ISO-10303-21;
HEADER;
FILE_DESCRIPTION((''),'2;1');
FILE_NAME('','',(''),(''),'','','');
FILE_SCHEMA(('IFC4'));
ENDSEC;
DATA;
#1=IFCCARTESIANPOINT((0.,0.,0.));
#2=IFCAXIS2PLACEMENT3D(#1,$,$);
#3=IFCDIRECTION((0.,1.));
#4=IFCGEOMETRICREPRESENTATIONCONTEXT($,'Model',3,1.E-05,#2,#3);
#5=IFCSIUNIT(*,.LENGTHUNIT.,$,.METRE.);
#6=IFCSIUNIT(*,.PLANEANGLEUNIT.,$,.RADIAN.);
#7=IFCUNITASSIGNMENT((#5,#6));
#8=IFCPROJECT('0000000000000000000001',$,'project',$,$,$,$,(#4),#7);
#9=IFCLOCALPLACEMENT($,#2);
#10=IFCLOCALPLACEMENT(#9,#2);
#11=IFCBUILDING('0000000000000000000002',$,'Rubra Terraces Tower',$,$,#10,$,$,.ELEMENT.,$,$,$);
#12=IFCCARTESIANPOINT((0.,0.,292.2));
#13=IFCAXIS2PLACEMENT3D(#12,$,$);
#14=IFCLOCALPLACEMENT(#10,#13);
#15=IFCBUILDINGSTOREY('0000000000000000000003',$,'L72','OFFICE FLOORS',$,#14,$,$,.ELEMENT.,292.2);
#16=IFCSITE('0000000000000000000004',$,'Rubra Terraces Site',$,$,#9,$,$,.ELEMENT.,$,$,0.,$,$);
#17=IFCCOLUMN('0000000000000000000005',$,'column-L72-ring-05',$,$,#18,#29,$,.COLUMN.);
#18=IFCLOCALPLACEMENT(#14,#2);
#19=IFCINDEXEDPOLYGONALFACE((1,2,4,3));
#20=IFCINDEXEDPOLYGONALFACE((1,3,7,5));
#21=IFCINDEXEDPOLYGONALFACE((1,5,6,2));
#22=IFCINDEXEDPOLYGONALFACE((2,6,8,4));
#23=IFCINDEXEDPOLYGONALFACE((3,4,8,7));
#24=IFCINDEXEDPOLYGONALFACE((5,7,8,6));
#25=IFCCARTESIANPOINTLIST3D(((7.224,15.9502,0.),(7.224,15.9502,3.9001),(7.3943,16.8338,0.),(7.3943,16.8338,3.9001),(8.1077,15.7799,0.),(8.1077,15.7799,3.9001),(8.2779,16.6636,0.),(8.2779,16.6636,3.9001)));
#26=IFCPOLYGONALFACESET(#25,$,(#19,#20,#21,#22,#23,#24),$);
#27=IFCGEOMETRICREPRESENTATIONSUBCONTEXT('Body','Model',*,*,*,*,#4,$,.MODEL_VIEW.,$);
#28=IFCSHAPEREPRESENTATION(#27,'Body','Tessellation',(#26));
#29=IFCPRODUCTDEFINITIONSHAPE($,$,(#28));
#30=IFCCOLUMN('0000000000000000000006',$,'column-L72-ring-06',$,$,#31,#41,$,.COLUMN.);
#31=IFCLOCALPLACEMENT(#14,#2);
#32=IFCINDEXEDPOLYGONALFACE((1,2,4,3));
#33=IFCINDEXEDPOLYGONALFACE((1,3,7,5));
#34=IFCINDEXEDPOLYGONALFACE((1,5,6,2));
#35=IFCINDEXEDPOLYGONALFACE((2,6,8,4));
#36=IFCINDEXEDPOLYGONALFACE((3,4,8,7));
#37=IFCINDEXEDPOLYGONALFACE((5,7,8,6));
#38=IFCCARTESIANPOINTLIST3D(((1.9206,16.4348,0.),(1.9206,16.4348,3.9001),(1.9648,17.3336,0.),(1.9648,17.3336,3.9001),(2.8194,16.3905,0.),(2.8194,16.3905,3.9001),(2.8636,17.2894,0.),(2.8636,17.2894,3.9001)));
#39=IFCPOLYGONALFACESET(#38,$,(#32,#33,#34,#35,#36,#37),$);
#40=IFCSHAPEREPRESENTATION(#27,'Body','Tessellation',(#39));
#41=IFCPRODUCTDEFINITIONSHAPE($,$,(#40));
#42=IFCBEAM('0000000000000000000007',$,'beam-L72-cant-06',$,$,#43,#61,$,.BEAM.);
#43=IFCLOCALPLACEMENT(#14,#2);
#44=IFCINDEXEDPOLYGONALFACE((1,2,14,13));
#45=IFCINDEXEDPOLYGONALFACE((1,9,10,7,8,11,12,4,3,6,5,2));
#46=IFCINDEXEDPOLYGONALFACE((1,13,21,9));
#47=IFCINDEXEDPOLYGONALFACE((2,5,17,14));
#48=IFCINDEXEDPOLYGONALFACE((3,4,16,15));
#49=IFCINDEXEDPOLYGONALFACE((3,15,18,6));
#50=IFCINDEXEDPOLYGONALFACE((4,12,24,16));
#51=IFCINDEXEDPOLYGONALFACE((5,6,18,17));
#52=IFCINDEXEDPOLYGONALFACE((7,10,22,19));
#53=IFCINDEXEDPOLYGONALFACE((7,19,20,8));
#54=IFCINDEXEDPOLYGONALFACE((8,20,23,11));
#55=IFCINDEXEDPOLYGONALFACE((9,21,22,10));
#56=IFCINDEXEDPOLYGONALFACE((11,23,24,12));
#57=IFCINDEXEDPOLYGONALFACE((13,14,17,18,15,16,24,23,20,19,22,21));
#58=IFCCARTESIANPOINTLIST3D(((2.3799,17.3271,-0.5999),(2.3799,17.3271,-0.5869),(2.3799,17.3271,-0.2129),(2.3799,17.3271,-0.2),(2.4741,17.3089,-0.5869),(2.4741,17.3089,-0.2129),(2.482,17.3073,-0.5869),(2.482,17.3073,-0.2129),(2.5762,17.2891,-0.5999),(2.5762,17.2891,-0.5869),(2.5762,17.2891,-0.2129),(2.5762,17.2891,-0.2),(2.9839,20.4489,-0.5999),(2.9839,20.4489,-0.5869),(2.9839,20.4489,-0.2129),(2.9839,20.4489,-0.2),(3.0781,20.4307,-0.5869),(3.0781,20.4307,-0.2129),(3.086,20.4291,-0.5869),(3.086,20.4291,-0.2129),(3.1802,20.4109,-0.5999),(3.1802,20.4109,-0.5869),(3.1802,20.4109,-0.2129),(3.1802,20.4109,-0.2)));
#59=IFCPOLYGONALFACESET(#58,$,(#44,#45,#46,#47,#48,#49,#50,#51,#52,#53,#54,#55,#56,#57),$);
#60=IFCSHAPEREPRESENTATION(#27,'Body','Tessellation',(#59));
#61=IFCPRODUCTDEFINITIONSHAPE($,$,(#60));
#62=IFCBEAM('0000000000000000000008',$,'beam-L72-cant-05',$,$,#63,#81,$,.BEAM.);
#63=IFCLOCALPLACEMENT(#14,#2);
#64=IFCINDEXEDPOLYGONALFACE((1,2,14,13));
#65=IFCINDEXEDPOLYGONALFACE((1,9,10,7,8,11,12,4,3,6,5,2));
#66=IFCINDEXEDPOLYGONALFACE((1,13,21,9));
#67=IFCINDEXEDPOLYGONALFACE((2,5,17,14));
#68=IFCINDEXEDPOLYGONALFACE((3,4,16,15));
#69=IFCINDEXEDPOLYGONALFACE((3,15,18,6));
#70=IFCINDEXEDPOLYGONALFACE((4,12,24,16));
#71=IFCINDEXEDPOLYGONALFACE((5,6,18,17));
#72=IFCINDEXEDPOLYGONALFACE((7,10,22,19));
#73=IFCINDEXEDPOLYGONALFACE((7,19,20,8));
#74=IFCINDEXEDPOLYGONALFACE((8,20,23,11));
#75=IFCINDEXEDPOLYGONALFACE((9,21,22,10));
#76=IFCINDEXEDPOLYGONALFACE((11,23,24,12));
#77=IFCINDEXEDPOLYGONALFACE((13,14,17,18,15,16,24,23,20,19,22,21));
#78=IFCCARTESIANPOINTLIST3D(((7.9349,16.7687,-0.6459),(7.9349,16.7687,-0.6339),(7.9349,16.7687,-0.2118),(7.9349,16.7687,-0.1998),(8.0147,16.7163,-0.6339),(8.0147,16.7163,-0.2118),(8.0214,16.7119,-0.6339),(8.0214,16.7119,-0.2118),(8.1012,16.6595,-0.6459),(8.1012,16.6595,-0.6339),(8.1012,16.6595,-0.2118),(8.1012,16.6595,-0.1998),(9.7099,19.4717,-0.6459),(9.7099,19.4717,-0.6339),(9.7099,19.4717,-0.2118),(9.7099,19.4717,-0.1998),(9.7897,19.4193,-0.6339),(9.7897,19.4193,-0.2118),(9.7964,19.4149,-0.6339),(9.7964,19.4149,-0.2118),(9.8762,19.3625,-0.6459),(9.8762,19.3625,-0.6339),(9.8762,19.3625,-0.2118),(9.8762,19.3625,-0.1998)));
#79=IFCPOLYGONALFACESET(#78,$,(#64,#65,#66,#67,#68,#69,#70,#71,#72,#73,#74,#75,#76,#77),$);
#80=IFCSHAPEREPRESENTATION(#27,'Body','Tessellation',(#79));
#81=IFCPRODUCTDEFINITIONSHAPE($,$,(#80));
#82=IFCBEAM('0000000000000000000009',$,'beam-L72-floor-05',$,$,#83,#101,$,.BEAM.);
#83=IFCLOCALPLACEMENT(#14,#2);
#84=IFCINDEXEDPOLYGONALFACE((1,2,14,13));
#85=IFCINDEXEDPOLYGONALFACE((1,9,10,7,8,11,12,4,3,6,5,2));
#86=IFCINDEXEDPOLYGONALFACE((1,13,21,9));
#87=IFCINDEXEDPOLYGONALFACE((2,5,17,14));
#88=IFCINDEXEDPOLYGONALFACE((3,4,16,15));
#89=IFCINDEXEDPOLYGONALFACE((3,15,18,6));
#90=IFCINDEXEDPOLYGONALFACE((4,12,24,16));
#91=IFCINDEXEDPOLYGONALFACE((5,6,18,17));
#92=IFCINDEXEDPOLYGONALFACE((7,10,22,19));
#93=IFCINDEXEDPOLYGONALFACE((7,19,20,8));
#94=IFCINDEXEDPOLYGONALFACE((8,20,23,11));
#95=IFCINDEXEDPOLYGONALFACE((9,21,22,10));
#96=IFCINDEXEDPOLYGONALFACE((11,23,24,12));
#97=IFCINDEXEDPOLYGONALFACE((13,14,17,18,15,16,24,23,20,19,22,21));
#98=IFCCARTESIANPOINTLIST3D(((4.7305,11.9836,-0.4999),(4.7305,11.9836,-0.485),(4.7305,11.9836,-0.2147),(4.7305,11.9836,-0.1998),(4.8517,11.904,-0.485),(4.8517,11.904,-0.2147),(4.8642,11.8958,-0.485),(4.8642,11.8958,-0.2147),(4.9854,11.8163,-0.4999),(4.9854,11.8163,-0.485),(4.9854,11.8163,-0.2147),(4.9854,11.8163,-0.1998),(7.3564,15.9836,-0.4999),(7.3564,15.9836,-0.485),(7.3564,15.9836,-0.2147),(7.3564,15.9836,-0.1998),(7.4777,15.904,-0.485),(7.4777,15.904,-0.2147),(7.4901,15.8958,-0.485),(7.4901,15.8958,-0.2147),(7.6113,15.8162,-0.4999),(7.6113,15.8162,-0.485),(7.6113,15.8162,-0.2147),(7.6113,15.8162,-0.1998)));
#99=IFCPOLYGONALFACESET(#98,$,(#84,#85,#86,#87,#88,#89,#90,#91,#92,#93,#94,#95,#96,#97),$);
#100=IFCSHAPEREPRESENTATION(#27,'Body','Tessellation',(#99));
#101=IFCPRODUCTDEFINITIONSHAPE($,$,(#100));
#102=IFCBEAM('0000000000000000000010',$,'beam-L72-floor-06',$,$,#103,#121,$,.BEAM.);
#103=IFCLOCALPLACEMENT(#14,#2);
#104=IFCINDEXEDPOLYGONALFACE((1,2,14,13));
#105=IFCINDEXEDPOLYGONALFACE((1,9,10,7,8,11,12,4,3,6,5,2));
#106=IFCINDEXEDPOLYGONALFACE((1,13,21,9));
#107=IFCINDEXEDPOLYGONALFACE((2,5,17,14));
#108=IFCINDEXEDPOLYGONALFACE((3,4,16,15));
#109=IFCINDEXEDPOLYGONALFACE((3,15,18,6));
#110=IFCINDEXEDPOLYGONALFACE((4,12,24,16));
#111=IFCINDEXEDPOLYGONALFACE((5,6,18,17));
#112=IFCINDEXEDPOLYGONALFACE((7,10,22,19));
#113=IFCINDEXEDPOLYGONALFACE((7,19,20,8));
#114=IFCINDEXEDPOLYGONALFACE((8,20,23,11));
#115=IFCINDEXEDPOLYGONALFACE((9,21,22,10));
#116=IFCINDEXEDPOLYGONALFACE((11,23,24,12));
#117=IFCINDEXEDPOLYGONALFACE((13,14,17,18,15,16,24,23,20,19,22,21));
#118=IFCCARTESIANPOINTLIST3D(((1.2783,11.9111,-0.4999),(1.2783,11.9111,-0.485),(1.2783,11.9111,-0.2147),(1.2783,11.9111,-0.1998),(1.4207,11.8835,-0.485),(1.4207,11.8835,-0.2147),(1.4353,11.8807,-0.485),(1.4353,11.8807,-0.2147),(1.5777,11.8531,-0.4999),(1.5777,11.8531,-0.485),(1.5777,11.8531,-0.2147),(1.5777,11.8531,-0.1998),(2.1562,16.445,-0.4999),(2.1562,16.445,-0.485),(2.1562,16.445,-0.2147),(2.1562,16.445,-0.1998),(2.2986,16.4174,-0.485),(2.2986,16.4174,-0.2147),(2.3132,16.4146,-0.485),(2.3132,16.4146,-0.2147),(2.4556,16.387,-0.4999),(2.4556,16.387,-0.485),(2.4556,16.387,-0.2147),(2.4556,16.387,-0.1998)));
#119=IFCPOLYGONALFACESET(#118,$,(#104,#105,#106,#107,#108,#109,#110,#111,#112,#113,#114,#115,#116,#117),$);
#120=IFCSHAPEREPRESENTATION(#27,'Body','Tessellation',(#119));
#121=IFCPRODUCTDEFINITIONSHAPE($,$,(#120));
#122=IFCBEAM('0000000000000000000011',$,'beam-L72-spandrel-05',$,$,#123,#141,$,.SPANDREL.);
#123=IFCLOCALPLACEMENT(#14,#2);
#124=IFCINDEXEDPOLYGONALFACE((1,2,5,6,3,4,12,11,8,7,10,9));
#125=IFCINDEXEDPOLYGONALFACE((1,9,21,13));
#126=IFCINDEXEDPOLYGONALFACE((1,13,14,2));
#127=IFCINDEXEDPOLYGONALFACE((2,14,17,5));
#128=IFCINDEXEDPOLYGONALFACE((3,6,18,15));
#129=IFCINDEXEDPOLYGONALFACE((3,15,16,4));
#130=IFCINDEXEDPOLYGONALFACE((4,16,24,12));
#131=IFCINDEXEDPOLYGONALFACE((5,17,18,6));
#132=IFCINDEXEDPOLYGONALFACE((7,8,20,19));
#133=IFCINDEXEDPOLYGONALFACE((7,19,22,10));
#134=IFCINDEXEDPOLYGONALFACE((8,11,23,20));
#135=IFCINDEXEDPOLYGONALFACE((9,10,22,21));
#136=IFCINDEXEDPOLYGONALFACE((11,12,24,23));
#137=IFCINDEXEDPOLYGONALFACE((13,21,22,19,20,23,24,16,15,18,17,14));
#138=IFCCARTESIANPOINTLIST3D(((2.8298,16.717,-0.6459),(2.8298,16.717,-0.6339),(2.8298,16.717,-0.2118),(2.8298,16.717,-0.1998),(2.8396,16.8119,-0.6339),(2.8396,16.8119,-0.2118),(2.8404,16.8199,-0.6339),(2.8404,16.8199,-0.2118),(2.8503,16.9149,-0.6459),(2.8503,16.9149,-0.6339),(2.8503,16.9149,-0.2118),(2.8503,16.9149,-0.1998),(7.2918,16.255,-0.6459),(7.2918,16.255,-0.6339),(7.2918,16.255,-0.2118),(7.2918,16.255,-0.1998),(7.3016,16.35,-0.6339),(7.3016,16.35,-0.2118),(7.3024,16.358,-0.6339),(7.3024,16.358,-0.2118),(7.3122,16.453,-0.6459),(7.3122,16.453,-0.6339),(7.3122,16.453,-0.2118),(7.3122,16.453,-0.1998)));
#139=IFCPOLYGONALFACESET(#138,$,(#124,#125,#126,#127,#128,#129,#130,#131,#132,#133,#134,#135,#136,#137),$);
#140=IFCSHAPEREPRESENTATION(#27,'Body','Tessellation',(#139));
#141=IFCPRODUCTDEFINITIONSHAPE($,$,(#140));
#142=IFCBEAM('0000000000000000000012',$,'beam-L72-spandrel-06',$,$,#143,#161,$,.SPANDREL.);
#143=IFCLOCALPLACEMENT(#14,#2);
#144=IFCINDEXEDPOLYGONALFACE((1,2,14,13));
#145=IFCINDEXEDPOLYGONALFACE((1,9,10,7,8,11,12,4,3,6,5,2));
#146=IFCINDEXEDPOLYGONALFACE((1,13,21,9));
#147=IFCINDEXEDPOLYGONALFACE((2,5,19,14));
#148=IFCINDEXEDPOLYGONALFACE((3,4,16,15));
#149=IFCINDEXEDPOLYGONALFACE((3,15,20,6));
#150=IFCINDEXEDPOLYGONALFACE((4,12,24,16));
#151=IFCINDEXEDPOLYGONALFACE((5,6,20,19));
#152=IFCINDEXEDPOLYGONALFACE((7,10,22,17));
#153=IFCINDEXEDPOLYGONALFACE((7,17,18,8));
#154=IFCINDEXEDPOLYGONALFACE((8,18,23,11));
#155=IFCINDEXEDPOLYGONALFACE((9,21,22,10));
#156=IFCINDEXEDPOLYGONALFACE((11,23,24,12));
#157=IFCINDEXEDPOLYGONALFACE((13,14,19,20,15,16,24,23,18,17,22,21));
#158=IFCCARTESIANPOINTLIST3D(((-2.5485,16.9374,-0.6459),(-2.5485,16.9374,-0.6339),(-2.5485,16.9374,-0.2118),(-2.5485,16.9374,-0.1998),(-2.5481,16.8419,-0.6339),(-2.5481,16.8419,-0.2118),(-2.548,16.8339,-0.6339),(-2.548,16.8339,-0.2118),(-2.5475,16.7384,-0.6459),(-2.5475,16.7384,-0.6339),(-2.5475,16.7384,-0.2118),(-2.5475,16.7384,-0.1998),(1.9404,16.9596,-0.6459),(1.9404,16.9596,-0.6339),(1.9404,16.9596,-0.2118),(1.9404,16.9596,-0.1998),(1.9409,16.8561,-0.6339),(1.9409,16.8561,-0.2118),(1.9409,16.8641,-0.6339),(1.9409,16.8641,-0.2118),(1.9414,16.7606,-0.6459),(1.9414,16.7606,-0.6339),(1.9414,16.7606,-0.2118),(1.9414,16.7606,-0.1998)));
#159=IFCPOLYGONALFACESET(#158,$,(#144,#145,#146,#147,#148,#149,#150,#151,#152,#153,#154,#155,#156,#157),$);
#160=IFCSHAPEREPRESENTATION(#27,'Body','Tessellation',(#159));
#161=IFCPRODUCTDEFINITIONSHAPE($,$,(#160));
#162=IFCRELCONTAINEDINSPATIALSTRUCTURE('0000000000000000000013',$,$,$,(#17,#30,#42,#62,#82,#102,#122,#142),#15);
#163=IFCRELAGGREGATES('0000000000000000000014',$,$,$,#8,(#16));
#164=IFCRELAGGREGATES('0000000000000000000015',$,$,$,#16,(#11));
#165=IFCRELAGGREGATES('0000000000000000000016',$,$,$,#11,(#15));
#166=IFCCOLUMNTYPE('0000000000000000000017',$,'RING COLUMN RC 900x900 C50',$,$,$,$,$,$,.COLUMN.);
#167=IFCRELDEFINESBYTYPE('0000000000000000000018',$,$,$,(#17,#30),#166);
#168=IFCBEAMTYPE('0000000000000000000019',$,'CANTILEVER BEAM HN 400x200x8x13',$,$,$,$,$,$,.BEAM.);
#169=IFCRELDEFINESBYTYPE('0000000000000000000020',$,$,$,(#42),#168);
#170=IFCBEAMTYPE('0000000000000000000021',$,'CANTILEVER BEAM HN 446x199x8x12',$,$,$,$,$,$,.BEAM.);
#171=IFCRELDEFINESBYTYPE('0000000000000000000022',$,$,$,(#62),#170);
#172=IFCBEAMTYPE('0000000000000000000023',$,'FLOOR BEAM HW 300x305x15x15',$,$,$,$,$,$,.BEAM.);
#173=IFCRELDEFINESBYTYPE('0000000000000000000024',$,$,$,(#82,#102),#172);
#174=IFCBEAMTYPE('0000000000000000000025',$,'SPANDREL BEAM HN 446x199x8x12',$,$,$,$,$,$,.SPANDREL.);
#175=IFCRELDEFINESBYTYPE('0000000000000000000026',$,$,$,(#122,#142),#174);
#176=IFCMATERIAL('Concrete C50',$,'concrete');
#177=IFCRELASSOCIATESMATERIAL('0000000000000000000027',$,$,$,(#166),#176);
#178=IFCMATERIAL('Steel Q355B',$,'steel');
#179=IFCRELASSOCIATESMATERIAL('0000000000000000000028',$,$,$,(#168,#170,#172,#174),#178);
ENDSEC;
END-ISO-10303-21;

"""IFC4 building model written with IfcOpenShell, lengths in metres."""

from ifc_helpers import new_model, si_unit, direction, frame, origin, origin_2d, place, context, subcontext, project, spatial, rectangle, i_section, extrude, material, material_profile, profile_set, type_object, element, save


model = new_model("IFC4")

# Units and contexts
model_context = context("Model", 3, precision=1e-05, world=origin(), true_north=direction((0.0, 1.0)))
body_context = subcontext(model_context, "Body", "Model", "MODEL_VIEW")
ifc_project = project(units=[si_unit("LENGTHUNIT", "METRE"), si_unit("PLANEANGLEUNIT", "RADIAN")], contexts=[model_context])

# Site, building, storey
site_placement = place(None, origin())
site = spatial("IfcSite", under=ifc_project, at=site_placement, Name="Rubra Terraces Site", CompositionType="ELEMENT", RefElevation=0.0)
building_placement = place(site_placement, origin())
building = spatial("IfcBuilding", under=site, at=building_placement, Name="Rubra Terraces Tower", CompositionType="ELEMENT")
storey_placement = place(building_placement, frame((0.0, 0.0, 292.2)))
storey = spatial("IfcBuildingStorey", under=building, at=storey_placement, Name="L72", Description="OFFICE FLOORS", CompositionType="ELEMENT", Elevation=292.2)

# Columns
ifc_material_1 = material(Name="Concrete C50", Category="concrete")
ifc_material_profile_1 = material_profile(ifc_material_1, rectangle(XDim=0.8999, YDim=0.8999, at=origin_2d()), Name="RC 900x900")
ifc_profile_set_1 = profile_set([ifc_material_profile_1], Name="Concrete C50")
column_type = type_object("IfcColumnType", Name="RING COLUMN RC 900x900 C50", PredefinedType="COLUMN", material=ifc_profile_set_1)
for number, where, z_axis, x_axis, name in (
    (1, (7.751, 16.3069, 0.0), (0.0, 0.0, 1.0), (-0.981937, 0.18921, 0.0), "column-L72-ring-05"),
    (2, (2.3921, 16.8621, 0.0), (0.0, 0.0, 1.0), (-0.998791, 0.04915, 0.0), "column-L72-ring-06"),
):
    element("IfcColumn", number, at=place(storey_placement, frame(where, z_axis=z_axis, x_axis=x_axis)), inside=storey, type_object=column_type, Name=name, PredefinedType="COLUMN", context=body_context, shape_type="SweptSolid", body=[
        extrude(rectangle(XDim=0.8999, YDim=0.8999, at=origin_2d()), origin(), (0.0, 0.0, 1.0), 3.9001),
    ])

# Beams
ifc_material_2 = material(Name="Steel Q355B", Category="steel")
ifc_material_profile_2 = material_profile(ifc_material_2, i_section(OverallWidth=0.2, OverallDepth=0.3999, WebThickness=0.0081, FlangeThickness=0.0129, at=origin_2d()), Name="HN 400x200x8x13")
ifc_profile_set_2 = profile_set([ifc_material_profile_2], Name="Steel Q355B")
beam_type_1 = type_object("IfcBeamType", Name="CANTILEVER BEAM HN 400x200x8x13", PredefinedType="BEAM", material=ifc_profile_set_2)
beam_1_placement = place(storey_placement, frame((2.478, 17.3081, -0.3999), z_axis=(0.189955, 0.981793, 0.0), x_axis=(-0.981793, 0.189955, 0.0)))
element("IfcBeam", 3, at=beam_1_placement, inside=storey, type_object=beam_type_1, Name="beam-L72-cant-06", PredefinedType="BEAM", context=body_context, shape_type="SweptSolid", body=[
    extrude(i_section(OverallWidth=0.2, OverallDepth=0.3999, WebThickness=0.0081, FlangeThickness=0.0129, at=origin_2d()), origin(), (0.0, 0.0, 1.0), 3.1797),
])
ifc_material_profile_3 = material_profile(ifc_material_2, i_section(OverallWidth=0.199, OverallDepth=0.446, WebThickness=0.0081, FlangeThickness=0.012, at=origin_2d()), Name="HN 446x199x8x12")
ifc_profile_set_3 = profile_set([ifc_material_profile_3], Name="Steel Q355B")
beam_type_2 = type_object("IfcBeamType", Name="CANTILEVER BEAM HN 446x199x8x12", PredefinedType="BEAM", material=ifc_profile_set_3)
beam_2_placement = place(storey_placement, frame((8.0181, 16.7141, -0.4229), z_axis=(0.548902, 0.835887, 0.0), x_axis=(-0.835887, 0.548902, 0.0)))
element("IfcBeam", 4, at=beam_2_placement, inside=storey, type_object=beam_type_2, Name="beam-L72-cant-05", PredefinedType="BEAM", context=body_context, shape_type="SweptSolid", body=[
    extrude(i_section(OverallWidth=0.199, OverallDepth=0.446, WebThickness=0.0081, FlangeThickness=0.012, at=origin_2d()), origin(), (0.0, 0.0, 1.0), 3.2336),
])
ifc_material_profile_4 = material_profile(ifc_material_2, i_section(OverallWidth=0.3049, OverallDepth=0.3, WebThickness=0.0149, FlangeThickness=0.0149, at=origin_2d()), Name="HW 300x305x15x15")
ifc_profile_set_4 = profile_set([ifc_material_profile_4], Name="Steel Q355B")
beam_type_3 = type_object("IfcBeamType", Name="FLOOR BEAM HW 300x305x15x15", PredefinedType="BEAM", material=ifc_profile_set_4)
beam_3_placement = place(storey_placement, frame((7.4839, 15.8999, -0.3499), z_axis=(-0.548799, -0.835954, 0.0), x_axis=(0.835954, -0.548799, 0.0)))
element("IfcBeam", 5, at=beam_3_placement, inside=storey, type_object=beam_type_3, Name="beam-L72-floor-05", PredefinedType="BEAM", context=body_context, shape_type="SweptSolid", body=[
    extrude(i_section(OverallWidth=0.3049, OverallDepth=0.3, WebThickness=0.0149, FlangeThickness=0.0149, at=origin_2d()), origin(), (0.0, 0.0, 1.0), 4.7849),
])
beam_4_placement = place(storey_placement, frame((2.3059, 16.416, -0.3499), z_axis=(-0.190104, -0.981764, 0.0), x_axis=(0.981764, -0.190104, 0.0)))
element("IfcBeam", 6, at=beam_4_placement, inside=storey, type_object=beam_type_3, Name="beam-L72-floor-06", PredefinedType="BEAM", context=body_context, shape_type="SweptSolid", body=[
    extrude(i_section(OverallWidth=0.3049, OverallDepth=0.3, WebThickness=0.0149, FlangeThickness=0.0149, at=origin_2d()), origin(), (0.0, 0.0, 1.0), 4.6182),
])
ifc_material_profile_5 = material_profile(ifc_material_2, i_section(OverallWidth=0.199, OverallDepth=0.446, WebThickness=0.0081, FlangeThickness=0.012, at=origin_2d()), Name="HN 446x199x8x12")
ifc_profile_set_5 = profile_set([ifc_material_profile_5], Name="Steel Q355B")
beam_type_4 = type_object("IfcBeamType", Name="SPANDREL BEAM HN 446x199x8x12", PredefinedType="SPANDREL", material=ifc_profile_set_5)
beam_5_placement = place(storey_placement, frame((7.302, 16.354, -0.4229), z_axis=(-0.994684, 0.102973, 0.0), x_axis=(-0.102973, -0.994684, 0.0)))
element("IfcBeam", 7, at=beam_5_placement, inside=storey, type_object=beam_type_4, Name="beam-L72-spandrel-05", PredefinedType="SPANDREL", context=body_context, shape_type="SweptSolid", body=[
    extrude(i_section(OverallWidth=0.199, OverallDepth=0.446, WebThickness=0.0081, FlangeThickness=0.012, at=origin_2d()), origin(), (0.0, 0.0, 1.0), 4.4858),
])
beam_6_placement = place(storey_placement, frame((1.9409, 16.8601, -0.4229), z_axis=(-0.999988, -0.004949, 0.0), x_axis=(0.004949, -0.999988, 0.0)))
element("IfcBeam", 8, at=beam_6_placement, inside=storey, type_object=beam_type_4, Name="beam-L72-spandrel-06", PredefinedType="SPANDREL", context=body_context, shape_type="SweptSolid", body=[
    extrude(i_section(OverallWidth=0.199, OverallDepth=0.446, WebThickness=0.0081, FlangeThickness=0.012, at=origin_2d()), origin(), (0.0, 0.0, 1.0), 4.489),
])

save(model, "model.ifc")
